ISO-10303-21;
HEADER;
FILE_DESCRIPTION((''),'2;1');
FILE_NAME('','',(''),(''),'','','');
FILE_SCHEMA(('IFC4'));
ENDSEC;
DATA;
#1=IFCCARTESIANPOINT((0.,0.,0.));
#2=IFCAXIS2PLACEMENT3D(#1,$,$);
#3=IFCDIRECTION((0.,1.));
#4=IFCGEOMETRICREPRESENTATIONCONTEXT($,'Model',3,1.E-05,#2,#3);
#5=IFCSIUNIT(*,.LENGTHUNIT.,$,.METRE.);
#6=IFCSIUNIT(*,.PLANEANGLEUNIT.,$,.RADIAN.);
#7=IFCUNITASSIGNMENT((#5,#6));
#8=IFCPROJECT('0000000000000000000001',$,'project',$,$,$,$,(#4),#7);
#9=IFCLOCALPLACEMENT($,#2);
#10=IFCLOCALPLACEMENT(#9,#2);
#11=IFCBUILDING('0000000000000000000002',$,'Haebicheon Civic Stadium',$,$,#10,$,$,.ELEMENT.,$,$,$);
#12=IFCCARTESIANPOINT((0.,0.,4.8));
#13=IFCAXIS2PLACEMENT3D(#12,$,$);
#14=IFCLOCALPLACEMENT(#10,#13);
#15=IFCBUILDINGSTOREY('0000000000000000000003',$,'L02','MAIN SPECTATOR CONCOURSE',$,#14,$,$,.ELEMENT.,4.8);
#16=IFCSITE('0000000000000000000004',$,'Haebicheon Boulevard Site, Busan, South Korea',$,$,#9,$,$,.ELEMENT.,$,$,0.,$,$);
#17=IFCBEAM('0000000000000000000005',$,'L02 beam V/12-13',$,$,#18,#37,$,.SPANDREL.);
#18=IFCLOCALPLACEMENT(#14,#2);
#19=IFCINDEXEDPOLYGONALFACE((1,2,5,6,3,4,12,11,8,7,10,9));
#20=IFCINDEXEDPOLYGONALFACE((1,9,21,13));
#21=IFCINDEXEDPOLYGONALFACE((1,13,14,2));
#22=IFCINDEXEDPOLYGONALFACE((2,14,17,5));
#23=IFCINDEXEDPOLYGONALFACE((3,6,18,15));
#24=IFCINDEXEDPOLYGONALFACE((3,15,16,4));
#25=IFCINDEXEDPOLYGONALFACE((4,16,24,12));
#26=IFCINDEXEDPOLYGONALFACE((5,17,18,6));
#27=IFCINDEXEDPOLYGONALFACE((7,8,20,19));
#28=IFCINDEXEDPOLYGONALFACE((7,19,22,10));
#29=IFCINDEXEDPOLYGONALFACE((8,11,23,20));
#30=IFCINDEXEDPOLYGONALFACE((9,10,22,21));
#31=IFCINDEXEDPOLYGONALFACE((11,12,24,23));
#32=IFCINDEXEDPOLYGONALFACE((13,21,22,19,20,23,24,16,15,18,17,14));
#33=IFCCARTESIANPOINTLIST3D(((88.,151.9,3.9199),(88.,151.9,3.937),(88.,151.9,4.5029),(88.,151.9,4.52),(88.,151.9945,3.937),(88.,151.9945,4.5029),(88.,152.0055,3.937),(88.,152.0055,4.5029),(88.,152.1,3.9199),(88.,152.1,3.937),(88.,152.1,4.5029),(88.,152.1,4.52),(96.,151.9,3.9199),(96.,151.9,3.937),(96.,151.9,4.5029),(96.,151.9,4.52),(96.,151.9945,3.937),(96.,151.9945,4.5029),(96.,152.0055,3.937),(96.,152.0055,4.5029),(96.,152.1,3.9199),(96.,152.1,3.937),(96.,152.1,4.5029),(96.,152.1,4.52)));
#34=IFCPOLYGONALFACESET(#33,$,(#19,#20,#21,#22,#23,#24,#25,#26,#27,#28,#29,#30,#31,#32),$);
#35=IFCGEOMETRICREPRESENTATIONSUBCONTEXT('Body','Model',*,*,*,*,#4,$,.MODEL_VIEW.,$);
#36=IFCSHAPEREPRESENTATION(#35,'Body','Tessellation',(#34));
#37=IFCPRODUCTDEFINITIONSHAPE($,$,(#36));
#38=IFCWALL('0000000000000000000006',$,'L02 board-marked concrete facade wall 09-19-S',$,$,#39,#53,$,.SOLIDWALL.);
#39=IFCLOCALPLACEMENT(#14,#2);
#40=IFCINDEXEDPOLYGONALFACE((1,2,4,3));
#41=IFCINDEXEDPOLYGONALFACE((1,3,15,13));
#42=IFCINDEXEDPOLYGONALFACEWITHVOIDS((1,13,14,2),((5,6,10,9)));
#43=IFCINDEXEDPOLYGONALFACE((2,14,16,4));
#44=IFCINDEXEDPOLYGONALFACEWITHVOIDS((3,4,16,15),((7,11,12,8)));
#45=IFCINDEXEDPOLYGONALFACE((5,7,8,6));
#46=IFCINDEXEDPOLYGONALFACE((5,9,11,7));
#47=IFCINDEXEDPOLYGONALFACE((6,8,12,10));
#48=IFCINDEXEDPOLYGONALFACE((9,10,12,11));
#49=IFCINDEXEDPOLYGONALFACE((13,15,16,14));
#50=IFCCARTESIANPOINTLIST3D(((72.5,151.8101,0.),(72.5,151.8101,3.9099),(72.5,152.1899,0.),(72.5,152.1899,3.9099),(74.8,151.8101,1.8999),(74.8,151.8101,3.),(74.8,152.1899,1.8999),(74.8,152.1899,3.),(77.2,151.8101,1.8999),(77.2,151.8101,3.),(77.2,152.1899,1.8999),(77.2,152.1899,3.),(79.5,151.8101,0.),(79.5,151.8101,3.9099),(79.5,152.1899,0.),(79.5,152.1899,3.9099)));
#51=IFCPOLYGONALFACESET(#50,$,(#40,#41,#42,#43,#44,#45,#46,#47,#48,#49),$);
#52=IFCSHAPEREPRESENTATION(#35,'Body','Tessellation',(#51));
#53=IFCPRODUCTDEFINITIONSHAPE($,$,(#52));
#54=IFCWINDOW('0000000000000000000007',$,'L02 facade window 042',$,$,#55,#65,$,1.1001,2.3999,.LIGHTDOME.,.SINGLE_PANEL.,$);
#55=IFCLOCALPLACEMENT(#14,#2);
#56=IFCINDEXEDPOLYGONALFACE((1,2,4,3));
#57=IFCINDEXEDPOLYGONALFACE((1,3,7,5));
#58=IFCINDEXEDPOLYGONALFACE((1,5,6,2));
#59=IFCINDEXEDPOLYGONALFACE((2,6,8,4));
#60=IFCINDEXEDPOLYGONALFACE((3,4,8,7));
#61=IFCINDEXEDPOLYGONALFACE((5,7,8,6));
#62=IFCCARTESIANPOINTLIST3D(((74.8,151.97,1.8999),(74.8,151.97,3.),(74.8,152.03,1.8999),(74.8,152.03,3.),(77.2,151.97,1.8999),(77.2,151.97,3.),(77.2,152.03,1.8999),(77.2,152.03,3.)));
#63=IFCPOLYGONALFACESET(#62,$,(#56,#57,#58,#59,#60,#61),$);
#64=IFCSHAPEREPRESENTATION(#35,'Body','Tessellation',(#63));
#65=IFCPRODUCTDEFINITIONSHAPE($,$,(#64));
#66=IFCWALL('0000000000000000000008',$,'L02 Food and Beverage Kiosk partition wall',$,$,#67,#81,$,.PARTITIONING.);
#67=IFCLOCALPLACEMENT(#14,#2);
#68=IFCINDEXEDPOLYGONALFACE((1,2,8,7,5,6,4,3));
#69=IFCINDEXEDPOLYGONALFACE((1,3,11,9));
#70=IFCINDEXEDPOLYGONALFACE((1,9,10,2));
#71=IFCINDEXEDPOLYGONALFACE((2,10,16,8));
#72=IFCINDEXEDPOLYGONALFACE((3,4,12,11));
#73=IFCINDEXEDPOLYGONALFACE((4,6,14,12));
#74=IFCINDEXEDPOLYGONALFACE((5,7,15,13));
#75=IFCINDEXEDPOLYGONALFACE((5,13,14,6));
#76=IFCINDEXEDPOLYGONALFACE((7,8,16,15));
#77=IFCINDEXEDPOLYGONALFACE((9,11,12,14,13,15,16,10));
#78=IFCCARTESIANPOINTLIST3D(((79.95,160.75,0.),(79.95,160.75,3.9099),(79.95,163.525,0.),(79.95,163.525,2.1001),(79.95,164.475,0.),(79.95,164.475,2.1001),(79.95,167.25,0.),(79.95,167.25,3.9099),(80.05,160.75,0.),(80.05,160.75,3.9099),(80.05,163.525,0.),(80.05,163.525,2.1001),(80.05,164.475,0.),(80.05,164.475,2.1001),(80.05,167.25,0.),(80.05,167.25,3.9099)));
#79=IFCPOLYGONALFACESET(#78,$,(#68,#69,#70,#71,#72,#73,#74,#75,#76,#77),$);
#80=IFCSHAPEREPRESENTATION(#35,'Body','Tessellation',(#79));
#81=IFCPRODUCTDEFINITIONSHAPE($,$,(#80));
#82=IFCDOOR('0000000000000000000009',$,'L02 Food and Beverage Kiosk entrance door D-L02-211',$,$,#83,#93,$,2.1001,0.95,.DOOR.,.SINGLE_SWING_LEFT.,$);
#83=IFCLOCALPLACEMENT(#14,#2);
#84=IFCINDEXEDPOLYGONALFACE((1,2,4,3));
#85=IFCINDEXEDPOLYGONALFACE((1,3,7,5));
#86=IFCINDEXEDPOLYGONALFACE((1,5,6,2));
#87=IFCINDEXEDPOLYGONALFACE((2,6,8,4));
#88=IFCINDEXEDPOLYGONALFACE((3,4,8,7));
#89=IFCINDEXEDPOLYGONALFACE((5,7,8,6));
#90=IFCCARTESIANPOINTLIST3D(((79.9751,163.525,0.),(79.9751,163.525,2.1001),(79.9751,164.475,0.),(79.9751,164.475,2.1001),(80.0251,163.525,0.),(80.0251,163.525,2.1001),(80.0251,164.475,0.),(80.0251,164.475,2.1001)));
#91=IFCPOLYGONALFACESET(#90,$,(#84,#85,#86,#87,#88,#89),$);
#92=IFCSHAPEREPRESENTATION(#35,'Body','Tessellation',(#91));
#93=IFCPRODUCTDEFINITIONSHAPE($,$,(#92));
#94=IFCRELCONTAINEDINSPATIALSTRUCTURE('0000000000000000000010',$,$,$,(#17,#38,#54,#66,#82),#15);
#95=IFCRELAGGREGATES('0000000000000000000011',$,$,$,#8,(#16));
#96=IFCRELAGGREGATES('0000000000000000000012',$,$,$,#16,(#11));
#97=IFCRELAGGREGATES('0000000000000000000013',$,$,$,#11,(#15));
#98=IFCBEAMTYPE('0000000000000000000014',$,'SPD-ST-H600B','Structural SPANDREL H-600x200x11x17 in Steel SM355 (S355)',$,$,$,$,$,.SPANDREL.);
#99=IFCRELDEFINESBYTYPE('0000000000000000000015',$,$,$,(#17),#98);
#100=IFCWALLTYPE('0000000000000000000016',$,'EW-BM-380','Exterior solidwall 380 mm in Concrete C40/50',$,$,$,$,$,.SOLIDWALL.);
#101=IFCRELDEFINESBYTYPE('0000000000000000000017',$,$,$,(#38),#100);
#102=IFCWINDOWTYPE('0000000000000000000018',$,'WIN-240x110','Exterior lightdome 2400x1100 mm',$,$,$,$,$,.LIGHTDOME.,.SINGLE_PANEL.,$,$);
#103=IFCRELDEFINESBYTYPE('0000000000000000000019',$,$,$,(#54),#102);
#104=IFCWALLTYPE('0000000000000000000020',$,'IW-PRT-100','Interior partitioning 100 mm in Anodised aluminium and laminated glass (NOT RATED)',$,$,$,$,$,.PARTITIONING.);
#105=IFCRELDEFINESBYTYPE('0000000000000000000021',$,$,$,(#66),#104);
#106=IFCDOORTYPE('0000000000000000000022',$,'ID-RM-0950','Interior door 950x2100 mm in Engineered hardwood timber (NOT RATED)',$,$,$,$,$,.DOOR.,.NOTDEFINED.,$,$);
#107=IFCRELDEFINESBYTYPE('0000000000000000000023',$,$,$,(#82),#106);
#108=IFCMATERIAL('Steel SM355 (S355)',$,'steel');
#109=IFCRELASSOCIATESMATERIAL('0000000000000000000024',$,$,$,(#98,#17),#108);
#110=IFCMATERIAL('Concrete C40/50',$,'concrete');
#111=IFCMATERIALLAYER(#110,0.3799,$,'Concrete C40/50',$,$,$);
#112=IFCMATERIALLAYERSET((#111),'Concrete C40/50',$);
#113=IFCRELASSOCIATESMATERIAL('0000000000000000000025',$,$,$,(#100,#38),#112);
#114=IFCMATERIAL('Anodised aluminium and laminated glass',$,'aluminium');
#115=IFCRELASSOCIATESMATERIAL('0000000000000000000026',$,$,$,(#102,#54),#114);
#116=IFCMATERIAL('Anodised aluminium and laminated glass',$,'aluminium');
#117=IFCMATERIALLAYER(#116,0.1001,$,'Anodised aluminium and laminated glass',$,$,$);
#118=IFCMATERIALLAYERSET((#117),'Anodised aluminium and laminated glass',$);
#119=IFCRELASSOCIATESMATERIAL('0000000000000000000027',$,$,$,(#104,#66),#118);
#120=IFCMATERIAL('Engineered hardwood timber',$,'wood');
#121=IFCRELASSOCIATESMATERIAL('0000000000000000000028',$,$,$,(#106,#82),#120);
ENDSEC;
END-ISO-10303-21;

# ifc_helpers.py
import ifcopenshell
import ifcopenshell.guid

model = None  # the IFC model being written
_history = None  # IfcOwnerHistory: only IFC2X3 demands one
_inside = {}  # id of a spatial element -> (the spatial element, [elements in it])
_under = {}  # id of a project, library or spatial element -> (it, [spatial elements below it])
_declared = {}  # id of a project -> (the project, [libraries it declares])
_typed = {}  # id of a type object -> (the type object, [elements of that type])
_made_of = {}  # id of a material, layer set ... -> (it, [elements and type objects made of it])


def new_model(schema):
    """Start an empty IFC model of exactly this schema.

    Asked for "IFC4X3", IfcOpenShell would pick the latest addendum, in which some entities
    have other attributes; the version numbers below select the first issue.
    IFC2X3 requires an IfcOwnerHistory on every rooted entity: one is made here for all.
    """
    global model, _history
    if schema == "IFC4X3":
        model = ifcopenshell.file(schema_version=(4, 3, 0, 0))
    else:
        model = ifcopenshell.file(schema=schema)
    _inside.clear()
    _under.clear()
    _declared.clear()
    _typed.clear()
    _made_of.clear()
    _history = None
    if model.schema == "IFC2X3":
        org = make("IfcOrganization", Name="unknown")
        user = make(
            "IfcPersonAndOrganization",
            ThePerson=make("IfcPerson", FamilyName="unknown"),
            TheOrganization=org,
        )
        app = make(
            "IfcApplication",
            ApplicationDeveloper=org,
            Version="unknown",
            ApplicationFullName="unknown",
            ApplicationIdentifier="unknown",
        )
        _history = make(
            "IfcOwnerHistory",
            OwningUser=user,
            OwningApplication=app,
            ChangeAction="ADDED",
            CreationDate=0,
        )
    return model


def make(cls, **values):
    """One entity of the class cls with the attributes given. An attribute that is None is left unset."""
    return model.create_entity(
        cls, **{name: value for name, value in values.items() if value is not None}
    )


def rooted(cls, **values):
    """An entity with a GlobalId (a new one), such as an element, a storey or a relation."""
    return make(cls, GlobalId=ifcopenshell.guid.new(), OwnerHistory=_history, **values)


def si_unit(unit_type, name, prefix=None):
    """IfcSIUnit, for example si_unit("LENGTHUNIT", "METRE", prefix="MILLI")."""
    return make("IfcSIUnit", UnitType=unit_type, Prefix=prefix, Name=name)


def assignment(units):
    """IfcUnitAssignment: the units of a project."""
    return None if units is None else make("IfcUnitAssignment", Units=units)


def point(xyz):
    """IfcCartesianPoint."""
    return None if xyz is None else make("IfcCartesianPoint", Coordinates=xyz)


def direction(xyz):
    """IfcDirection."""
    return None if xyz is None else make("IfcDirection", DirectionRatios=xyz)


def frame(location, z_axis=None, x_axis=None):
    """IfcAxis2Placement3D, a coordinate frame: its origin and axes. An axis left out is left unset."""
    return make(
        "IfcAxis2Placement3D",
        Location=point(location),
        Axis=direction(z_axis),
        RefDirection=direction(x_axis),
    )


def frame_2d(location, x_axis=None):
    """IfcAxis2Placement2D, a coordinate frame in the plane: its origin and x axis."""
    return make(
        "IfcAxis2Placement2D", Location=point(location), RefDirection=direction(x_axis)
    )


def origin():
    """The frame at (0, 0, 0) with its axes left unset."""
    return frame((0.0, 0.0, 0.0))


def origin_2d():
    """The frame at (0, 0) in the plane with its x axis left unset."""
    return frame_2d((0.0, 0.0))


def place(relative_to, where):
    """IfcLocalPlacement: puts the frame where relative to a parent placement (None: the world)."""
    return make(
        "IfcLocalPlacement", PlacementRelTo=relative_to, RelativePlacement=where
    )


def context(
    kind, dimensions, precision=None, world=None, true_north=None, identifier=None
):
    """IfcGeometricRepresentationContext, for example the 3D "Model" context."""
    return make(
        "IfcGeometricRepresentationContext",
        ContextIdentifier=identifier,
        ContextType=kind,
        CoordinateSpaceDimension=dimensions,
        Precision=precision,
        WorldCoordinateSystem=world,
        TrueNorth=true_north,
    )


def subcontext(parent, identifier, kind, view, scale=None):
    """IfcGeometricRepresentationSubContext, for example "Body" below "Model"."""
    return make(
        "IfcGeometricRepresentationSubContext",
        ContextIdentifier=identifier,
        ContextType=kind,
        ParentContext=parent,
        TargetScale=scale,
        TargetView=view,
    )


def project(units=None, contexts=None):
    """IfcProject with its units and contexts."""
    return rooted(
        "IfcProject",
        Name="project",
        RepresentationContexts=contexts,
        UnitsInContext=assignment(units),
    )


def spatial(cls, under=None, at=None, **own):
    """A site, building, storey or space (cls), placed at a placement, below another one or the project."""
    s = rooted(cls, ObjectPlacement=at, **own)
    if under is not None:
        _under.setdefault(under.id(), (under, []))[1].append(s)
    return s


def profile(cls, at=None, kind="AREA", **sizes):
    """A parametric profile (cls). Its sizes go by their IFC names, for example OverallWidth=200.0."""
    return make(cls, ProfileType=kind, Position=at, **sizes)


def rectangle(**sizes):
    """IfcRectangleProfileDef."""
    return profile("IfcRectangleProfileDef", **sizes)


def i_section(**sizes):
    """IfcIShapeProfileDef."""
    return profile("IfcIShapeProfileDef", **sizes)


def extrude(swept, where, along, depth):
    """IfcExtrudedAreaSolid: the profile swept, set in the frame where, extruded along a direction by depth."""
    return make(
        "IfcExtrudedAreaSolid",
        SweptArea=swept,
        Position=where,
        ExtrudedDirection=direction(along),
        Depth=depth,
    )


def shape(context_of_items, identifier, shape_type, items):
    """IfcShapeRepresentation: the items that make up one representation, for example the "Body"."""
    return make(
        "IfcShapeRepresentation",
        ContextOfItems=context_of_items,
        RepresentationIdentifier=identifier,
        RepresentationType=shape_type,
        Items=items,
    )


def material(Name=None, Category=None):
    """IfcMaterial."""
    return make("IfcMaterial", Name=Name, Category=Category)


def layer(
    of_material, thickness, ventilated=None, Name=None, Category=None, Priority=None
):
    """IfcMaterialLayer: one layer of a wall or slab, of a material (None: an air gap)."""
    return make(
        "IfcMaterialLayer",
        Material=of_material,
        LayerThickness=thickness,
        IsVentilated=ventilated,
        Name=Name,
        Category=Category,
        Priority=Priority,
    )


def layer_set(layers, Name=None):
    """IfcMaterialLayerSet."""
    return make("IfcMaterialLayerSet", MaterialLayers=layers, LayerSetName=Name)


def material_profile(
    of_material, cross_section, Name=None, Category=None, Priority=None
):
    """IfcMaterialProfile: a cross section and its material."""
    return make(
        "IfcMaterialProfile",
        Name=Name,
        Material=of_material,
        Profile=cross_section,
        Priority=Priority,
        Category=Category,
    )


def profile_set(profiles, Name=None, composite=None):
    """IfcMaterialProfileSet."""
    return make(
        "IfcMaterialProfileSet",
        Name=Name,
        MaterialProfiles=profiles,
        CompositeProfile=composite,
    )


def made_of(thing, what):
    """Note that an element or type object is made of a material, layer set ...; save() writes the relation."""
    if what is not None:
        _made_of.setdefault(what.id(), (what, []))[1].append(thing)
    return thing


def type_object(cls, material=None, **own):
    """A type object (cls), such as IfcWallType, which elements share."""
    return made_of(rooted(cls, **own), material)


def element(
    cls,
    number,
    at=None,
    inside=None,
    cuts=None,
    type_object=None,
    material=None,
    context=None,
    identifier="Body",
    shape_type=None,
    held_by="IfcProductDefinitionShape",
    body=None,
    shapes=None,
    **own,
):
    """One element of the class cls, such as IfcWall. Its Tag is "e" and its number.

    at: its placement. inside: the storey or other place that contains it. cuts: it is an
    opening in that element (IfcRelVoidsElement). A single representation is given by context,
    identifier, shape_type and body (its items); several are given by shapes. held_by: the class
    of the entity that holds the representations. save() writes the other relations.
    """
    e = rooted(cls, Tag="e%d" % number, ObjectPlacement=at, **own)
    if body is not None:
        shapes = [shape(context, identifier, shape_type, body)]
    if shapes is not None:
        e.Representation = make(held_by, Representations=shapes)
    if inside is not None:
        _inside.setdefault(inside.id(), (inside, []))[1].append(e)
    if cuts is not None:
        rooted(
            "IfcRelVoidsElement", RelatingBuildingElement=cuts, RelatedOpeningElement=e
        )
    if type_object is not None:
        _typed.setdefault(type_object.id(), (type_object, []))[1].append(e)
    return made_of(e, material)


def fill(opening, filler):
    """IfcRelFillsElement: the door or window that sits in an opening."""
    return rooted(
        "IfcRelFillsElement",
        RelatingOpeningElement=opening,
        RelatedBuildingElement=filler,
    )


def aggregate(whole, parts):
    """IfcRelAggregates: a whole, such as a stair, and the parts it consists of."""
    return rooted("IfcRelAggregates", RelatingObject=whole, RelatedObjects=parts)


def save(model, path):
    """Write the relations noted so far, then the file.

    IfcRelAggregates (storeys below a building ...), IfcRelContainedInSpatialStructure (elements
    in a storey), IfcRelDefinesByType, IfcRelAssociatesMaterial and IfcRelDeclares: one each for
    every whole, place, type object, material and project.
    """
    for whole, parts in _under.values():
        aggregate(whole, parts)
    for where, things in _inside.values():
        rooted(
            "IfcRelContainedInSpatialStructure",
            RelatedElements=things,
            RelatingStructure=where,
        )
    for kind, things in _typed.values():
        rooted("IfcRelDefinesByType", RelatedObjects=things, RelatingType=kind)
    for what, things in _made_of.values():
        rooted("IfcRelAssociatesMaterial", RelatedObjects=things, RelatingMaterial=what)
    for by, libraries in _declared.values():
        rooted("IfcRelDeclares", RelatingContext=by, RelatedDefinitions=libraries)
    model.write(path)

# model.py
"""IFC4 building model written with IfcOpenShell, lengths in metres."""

from ifc_helpers import new_model, si_unit, direction, frame, frame_2d, origin, origin_2d, place, context, subcontext, project, spatial, rectangle, i_section, extrude, material, layer, layer_set, material_profile, profile_set, type_object, element, fill, save


model = new_model("IFC4")

# Units and contexts
model_context = context("Model", 3, precision=1e-05, world=origin(), true_north=direction((0.0, 1.0)))
body_context = subcontext(model_context, "Body", "Model", "MODEL_VIEW")
ifc_project = project(units=[si_unit("LENGTHUNIT", "METRE"), si_unit("PLANEANGLEUNIT", "RADIAN")], contexts=[model_context])

# Site, building, storey
site_placement = place(None, origin())
site = spatial("IfcSite", under=ifc_project, at=site_placement, Name="Haebicheon Boulevard Site, Busan, South Korea", CompositionType="ELEMENT", RefElevation=0.0)
building_placement = place(site_placement, origin())
building = spatial("IfcBuilding", under=site, at=building_placement, Name="Haebicheon Civic Stadium", CompositionType="ELEMENT")
storey_placement = place(building_placement, frame((0.0, 0.0, 4.8)))
storey = spatial("IfcBuildingStorey", under=building, at=storey_placement, Name="L02", Description="MAIN SPECTATOR CONCOURSE", CompositionType="ELEMENT", Elevation=4.8)

# Beam
ifc_material_1 = material(Name="Steel SM355 (S355)", Category="steel")
ifc_material_profile_1 = material_profile(ifc_material_1, i_section(OverallWidth=0.2, OverallDepth=0.6001, WebThickness=0.011, FlangeThickness=0.0171, at=origin_2d()), Name="H-600x200x11x17")
ifc_profile_set_1 = profile_set([ifc_material_profile_1], Name="Steel SM355 (S355)")
beam_type_1 = type_object("IfcBeamType", Name="SPD-ST-H600B", Description="Structural SPANDREL H-600x200x11x17 in Steel SM355 (S355)", PredefinedType="SPANDREL", material=ifc_profile_set_1)
for number, where, z_axis, x_axis, name in (
    (1, (88.0, 152.0, 4.22), (1.0, 0.0, 0.0), (0.0, 1.0, 0.0), "L02 beam V/12-13"),
):
    element("IfcBeam", number, at=place(storey_placement, frame(where, z_axis=z_axis, x_axis=x_axis)), inside=storey, type_object=beam_type_1, material=ifc_profile_set_1, Name=name, PredefinedType="SPANDREL", context=body_context, shape_type="SweptSolid", body=[
        extrude(i_section(OverallWidth=0.2, OverallDepth=0.6001, WebThickness=0.011, FlangeThickness=0.0171, at=origin_2d()), origin(), (0.0, 0.0, 1.0), 8.0),
    ])

# Wall, opening, window
ifc_material_2 = material(Name="Concrete C40/50", Category="concrete")
ifc_layer_1 = layer(ifc_material_2, 0.3799, Name="Concrete C40/50")
ifc_layer_set_1 = layer_set([ifc_layer_1], Name="Concrete C40/50")
wall_type_1 = type_object("IfcWallType", Name="EW-BM-380", Description="Exterior solidwall 380 mm in Concrete C40/50", PredefinedType="SOLIDWALL", material=ifc_layer_set_1)
wall_1_placement = place(storey_placement, frame((72.5, 152.0, 0.0), z_axis=(0.0, 0.0, 1.0), x_axis=(1.0, 0.0, 0.0)))
wall_1 = element("IfcWall", 2, at=wall_1_placement, inside=storey, type_object=wall_type_1, material=ifc_layer_set_1, Name="L02 board-marked concrete facade wall 09-19-S", PredefinedType="SOLIDWALL", context=body_context, shape_type="SweptSolid", body=[
    extrude(rectangle(XDim=7.0, YDim=0.3799, at=frame_2d((3.5, 0.0))), origin(), (0.0, 0.0, 1.0), 3.9099),
])
opening_1_placement = place(wall_1_placement, frame((2.3, 0.0, 1.8999)))
opening_1 = element("IfcOpeningElement", 3, at=opening_1_placement, cuts=wall_1, PredefinedType="OPENING", context=body_context, shape_type="SweptSolid", body=[
    extrude(rectangle(XDim=2.3999, YDim=1.1001, at=frame_2d((1.2, 0.55))), frame((0.0, 0.2, 0.0), z_axis=(0.0, -1.0, 0.0), x_axis=(1.0, 0.0, 0.0)), (0.0, 0.0, 1.0), 0.3999),
])
ifc_material_3 = material(Name="Anodised aluminium and laminated glass", Category="aluminium")
window_type = type_object("IfcWindowType", Name="WIN-240x110", Description="Exterior lightdome 2400x1100 mm", PartitioningType="SINGLE_PANEL", PredefinedType="LIGHTDOME", material=ifc_material_3)
window_placement = place(opening_1_placement, origin())
window = element("IfcWindow", 4, at=window_placement, inside=storey, type_object=window_type, material=ifc_material_3, Name="L02 facade window 042", OverallHeight=1.1001, OverallWidth=2.3999, PartitioningType="SINGLE_PANEL", PredefinedType="LIGHTDOME", context=body_context, shape_type="SweptSolid", body=[
    extrude(rectangle(XDim=2.3999, YDim=1.1001, at=frame_2d((1.2, 0.55))), frame((0.0, 0.03, 0.0), z_axis=(0.0, -1.0, 0.0), x_axis=(1.0, 0.0, 0.0)), (0.0, 0.0, 1.0), 0.0601),
])
fill(opening_1, window)

# Wall, opening, door
ifc_material_4 = material(Name="Anodised aluminium and laminated glass", Category="aluminium")
ifc_layer_2 = layer(ifc_material_4, 0.1001, Name="Anodised aluminium and laminated glass")
ifc_layer_set_2 = layer_set([ifc_layer_2], Name="Anodised aluminium and laminated glass")
wall_type_2 = type_object("IfcWallType", Name="IW-PRT-100", Description="Interior partitioning 100 mm in Anodised aluminium and laminated glass (NOT RATED)", PredefinedType="PARTITIONING", material=ifc_layer_set_2)
wall_2_placement = place(storey_placement, frame((80.0, 160.75, 0.0), z_axis=(0.0, 0.0, 1.0), x_axis=(0.0, 1.0, 0.0)))
wall_2 = element("IfcWall", 5, at=wall_2_placement, inside=storey, type_object=wall_type_2, material=ifc_layer_set_2, Name="L02 Food and Beverage Kiosk partition wall", PredefinedType="PARTITIONING", context=body_context, shape_type="SweptSolid", body=[
    extrude(rectangle(XDim=6.5, YDim=0.1001, at=frame_2d((3.25, 0.0))), origin(), (0.0, 0.0, 1.0), 3.9099),
])
opening_2_placement = place(wall_2_placement, frame((2.7749, 0.0, 0.0)))
opening_2 = element("IfcOpeningElement", 6, at=opening_2_placement, cuts=wall_2, PredefinedType="OPENING", context=body_context, shape_type="SweptSolid", body=[
    extrude(rectangle(XDim=0.95, YDim=2.1001, at=frame_2d((0.4751, 1.05))), frame((0.0, 0.0601, 0.0), z_axis=(0.0, -1.0, 0.0), x_axis=(1.0, 0.0, 0.0)), (0.0, 0.0, 1.0), 0.1201),
])
ifc_material_5 = material(Name="Engineered hardwood timber", Category="wood")
door_type = type_object("IfcDoorType", Name="ID-RM-0950", Description="Interior door 950x2100 mm in Engineered hardwood timber (NOT RATED)", OperationType="NOTDEFINED", PredefinedType="DOOR", material=ifc_material_5)
door_placement = place(opening_2_placement, origin())
door = element("IfcDoor", 7, at=door_placement, inside=storey, type_object=door_type, material=ifc_material_5, Name="L02 Food and Beverage Kiosk entrance door D-L02-211", OperationType="SINGLE_SWING_LEFT", OverallHeight=2.1001, OverallWidth=0.95, PredefinedType="DOOR", context=body_context, shape_type="SweptSolid", body=[
    extrude(rectangle(XDim=0.95, YDim=2.1001, at=frame_2d((0.4751, 1.05))), frame((0.0, 0.0249, 0.0), z_axis=(0.0, -1.0, 0.0), x_axis=(1.0, 0.0, 0.0)), (0.0, 0.0, 1.0), 0.05),
])
fill(opening_2, door)

save(model, "model.ifc")
